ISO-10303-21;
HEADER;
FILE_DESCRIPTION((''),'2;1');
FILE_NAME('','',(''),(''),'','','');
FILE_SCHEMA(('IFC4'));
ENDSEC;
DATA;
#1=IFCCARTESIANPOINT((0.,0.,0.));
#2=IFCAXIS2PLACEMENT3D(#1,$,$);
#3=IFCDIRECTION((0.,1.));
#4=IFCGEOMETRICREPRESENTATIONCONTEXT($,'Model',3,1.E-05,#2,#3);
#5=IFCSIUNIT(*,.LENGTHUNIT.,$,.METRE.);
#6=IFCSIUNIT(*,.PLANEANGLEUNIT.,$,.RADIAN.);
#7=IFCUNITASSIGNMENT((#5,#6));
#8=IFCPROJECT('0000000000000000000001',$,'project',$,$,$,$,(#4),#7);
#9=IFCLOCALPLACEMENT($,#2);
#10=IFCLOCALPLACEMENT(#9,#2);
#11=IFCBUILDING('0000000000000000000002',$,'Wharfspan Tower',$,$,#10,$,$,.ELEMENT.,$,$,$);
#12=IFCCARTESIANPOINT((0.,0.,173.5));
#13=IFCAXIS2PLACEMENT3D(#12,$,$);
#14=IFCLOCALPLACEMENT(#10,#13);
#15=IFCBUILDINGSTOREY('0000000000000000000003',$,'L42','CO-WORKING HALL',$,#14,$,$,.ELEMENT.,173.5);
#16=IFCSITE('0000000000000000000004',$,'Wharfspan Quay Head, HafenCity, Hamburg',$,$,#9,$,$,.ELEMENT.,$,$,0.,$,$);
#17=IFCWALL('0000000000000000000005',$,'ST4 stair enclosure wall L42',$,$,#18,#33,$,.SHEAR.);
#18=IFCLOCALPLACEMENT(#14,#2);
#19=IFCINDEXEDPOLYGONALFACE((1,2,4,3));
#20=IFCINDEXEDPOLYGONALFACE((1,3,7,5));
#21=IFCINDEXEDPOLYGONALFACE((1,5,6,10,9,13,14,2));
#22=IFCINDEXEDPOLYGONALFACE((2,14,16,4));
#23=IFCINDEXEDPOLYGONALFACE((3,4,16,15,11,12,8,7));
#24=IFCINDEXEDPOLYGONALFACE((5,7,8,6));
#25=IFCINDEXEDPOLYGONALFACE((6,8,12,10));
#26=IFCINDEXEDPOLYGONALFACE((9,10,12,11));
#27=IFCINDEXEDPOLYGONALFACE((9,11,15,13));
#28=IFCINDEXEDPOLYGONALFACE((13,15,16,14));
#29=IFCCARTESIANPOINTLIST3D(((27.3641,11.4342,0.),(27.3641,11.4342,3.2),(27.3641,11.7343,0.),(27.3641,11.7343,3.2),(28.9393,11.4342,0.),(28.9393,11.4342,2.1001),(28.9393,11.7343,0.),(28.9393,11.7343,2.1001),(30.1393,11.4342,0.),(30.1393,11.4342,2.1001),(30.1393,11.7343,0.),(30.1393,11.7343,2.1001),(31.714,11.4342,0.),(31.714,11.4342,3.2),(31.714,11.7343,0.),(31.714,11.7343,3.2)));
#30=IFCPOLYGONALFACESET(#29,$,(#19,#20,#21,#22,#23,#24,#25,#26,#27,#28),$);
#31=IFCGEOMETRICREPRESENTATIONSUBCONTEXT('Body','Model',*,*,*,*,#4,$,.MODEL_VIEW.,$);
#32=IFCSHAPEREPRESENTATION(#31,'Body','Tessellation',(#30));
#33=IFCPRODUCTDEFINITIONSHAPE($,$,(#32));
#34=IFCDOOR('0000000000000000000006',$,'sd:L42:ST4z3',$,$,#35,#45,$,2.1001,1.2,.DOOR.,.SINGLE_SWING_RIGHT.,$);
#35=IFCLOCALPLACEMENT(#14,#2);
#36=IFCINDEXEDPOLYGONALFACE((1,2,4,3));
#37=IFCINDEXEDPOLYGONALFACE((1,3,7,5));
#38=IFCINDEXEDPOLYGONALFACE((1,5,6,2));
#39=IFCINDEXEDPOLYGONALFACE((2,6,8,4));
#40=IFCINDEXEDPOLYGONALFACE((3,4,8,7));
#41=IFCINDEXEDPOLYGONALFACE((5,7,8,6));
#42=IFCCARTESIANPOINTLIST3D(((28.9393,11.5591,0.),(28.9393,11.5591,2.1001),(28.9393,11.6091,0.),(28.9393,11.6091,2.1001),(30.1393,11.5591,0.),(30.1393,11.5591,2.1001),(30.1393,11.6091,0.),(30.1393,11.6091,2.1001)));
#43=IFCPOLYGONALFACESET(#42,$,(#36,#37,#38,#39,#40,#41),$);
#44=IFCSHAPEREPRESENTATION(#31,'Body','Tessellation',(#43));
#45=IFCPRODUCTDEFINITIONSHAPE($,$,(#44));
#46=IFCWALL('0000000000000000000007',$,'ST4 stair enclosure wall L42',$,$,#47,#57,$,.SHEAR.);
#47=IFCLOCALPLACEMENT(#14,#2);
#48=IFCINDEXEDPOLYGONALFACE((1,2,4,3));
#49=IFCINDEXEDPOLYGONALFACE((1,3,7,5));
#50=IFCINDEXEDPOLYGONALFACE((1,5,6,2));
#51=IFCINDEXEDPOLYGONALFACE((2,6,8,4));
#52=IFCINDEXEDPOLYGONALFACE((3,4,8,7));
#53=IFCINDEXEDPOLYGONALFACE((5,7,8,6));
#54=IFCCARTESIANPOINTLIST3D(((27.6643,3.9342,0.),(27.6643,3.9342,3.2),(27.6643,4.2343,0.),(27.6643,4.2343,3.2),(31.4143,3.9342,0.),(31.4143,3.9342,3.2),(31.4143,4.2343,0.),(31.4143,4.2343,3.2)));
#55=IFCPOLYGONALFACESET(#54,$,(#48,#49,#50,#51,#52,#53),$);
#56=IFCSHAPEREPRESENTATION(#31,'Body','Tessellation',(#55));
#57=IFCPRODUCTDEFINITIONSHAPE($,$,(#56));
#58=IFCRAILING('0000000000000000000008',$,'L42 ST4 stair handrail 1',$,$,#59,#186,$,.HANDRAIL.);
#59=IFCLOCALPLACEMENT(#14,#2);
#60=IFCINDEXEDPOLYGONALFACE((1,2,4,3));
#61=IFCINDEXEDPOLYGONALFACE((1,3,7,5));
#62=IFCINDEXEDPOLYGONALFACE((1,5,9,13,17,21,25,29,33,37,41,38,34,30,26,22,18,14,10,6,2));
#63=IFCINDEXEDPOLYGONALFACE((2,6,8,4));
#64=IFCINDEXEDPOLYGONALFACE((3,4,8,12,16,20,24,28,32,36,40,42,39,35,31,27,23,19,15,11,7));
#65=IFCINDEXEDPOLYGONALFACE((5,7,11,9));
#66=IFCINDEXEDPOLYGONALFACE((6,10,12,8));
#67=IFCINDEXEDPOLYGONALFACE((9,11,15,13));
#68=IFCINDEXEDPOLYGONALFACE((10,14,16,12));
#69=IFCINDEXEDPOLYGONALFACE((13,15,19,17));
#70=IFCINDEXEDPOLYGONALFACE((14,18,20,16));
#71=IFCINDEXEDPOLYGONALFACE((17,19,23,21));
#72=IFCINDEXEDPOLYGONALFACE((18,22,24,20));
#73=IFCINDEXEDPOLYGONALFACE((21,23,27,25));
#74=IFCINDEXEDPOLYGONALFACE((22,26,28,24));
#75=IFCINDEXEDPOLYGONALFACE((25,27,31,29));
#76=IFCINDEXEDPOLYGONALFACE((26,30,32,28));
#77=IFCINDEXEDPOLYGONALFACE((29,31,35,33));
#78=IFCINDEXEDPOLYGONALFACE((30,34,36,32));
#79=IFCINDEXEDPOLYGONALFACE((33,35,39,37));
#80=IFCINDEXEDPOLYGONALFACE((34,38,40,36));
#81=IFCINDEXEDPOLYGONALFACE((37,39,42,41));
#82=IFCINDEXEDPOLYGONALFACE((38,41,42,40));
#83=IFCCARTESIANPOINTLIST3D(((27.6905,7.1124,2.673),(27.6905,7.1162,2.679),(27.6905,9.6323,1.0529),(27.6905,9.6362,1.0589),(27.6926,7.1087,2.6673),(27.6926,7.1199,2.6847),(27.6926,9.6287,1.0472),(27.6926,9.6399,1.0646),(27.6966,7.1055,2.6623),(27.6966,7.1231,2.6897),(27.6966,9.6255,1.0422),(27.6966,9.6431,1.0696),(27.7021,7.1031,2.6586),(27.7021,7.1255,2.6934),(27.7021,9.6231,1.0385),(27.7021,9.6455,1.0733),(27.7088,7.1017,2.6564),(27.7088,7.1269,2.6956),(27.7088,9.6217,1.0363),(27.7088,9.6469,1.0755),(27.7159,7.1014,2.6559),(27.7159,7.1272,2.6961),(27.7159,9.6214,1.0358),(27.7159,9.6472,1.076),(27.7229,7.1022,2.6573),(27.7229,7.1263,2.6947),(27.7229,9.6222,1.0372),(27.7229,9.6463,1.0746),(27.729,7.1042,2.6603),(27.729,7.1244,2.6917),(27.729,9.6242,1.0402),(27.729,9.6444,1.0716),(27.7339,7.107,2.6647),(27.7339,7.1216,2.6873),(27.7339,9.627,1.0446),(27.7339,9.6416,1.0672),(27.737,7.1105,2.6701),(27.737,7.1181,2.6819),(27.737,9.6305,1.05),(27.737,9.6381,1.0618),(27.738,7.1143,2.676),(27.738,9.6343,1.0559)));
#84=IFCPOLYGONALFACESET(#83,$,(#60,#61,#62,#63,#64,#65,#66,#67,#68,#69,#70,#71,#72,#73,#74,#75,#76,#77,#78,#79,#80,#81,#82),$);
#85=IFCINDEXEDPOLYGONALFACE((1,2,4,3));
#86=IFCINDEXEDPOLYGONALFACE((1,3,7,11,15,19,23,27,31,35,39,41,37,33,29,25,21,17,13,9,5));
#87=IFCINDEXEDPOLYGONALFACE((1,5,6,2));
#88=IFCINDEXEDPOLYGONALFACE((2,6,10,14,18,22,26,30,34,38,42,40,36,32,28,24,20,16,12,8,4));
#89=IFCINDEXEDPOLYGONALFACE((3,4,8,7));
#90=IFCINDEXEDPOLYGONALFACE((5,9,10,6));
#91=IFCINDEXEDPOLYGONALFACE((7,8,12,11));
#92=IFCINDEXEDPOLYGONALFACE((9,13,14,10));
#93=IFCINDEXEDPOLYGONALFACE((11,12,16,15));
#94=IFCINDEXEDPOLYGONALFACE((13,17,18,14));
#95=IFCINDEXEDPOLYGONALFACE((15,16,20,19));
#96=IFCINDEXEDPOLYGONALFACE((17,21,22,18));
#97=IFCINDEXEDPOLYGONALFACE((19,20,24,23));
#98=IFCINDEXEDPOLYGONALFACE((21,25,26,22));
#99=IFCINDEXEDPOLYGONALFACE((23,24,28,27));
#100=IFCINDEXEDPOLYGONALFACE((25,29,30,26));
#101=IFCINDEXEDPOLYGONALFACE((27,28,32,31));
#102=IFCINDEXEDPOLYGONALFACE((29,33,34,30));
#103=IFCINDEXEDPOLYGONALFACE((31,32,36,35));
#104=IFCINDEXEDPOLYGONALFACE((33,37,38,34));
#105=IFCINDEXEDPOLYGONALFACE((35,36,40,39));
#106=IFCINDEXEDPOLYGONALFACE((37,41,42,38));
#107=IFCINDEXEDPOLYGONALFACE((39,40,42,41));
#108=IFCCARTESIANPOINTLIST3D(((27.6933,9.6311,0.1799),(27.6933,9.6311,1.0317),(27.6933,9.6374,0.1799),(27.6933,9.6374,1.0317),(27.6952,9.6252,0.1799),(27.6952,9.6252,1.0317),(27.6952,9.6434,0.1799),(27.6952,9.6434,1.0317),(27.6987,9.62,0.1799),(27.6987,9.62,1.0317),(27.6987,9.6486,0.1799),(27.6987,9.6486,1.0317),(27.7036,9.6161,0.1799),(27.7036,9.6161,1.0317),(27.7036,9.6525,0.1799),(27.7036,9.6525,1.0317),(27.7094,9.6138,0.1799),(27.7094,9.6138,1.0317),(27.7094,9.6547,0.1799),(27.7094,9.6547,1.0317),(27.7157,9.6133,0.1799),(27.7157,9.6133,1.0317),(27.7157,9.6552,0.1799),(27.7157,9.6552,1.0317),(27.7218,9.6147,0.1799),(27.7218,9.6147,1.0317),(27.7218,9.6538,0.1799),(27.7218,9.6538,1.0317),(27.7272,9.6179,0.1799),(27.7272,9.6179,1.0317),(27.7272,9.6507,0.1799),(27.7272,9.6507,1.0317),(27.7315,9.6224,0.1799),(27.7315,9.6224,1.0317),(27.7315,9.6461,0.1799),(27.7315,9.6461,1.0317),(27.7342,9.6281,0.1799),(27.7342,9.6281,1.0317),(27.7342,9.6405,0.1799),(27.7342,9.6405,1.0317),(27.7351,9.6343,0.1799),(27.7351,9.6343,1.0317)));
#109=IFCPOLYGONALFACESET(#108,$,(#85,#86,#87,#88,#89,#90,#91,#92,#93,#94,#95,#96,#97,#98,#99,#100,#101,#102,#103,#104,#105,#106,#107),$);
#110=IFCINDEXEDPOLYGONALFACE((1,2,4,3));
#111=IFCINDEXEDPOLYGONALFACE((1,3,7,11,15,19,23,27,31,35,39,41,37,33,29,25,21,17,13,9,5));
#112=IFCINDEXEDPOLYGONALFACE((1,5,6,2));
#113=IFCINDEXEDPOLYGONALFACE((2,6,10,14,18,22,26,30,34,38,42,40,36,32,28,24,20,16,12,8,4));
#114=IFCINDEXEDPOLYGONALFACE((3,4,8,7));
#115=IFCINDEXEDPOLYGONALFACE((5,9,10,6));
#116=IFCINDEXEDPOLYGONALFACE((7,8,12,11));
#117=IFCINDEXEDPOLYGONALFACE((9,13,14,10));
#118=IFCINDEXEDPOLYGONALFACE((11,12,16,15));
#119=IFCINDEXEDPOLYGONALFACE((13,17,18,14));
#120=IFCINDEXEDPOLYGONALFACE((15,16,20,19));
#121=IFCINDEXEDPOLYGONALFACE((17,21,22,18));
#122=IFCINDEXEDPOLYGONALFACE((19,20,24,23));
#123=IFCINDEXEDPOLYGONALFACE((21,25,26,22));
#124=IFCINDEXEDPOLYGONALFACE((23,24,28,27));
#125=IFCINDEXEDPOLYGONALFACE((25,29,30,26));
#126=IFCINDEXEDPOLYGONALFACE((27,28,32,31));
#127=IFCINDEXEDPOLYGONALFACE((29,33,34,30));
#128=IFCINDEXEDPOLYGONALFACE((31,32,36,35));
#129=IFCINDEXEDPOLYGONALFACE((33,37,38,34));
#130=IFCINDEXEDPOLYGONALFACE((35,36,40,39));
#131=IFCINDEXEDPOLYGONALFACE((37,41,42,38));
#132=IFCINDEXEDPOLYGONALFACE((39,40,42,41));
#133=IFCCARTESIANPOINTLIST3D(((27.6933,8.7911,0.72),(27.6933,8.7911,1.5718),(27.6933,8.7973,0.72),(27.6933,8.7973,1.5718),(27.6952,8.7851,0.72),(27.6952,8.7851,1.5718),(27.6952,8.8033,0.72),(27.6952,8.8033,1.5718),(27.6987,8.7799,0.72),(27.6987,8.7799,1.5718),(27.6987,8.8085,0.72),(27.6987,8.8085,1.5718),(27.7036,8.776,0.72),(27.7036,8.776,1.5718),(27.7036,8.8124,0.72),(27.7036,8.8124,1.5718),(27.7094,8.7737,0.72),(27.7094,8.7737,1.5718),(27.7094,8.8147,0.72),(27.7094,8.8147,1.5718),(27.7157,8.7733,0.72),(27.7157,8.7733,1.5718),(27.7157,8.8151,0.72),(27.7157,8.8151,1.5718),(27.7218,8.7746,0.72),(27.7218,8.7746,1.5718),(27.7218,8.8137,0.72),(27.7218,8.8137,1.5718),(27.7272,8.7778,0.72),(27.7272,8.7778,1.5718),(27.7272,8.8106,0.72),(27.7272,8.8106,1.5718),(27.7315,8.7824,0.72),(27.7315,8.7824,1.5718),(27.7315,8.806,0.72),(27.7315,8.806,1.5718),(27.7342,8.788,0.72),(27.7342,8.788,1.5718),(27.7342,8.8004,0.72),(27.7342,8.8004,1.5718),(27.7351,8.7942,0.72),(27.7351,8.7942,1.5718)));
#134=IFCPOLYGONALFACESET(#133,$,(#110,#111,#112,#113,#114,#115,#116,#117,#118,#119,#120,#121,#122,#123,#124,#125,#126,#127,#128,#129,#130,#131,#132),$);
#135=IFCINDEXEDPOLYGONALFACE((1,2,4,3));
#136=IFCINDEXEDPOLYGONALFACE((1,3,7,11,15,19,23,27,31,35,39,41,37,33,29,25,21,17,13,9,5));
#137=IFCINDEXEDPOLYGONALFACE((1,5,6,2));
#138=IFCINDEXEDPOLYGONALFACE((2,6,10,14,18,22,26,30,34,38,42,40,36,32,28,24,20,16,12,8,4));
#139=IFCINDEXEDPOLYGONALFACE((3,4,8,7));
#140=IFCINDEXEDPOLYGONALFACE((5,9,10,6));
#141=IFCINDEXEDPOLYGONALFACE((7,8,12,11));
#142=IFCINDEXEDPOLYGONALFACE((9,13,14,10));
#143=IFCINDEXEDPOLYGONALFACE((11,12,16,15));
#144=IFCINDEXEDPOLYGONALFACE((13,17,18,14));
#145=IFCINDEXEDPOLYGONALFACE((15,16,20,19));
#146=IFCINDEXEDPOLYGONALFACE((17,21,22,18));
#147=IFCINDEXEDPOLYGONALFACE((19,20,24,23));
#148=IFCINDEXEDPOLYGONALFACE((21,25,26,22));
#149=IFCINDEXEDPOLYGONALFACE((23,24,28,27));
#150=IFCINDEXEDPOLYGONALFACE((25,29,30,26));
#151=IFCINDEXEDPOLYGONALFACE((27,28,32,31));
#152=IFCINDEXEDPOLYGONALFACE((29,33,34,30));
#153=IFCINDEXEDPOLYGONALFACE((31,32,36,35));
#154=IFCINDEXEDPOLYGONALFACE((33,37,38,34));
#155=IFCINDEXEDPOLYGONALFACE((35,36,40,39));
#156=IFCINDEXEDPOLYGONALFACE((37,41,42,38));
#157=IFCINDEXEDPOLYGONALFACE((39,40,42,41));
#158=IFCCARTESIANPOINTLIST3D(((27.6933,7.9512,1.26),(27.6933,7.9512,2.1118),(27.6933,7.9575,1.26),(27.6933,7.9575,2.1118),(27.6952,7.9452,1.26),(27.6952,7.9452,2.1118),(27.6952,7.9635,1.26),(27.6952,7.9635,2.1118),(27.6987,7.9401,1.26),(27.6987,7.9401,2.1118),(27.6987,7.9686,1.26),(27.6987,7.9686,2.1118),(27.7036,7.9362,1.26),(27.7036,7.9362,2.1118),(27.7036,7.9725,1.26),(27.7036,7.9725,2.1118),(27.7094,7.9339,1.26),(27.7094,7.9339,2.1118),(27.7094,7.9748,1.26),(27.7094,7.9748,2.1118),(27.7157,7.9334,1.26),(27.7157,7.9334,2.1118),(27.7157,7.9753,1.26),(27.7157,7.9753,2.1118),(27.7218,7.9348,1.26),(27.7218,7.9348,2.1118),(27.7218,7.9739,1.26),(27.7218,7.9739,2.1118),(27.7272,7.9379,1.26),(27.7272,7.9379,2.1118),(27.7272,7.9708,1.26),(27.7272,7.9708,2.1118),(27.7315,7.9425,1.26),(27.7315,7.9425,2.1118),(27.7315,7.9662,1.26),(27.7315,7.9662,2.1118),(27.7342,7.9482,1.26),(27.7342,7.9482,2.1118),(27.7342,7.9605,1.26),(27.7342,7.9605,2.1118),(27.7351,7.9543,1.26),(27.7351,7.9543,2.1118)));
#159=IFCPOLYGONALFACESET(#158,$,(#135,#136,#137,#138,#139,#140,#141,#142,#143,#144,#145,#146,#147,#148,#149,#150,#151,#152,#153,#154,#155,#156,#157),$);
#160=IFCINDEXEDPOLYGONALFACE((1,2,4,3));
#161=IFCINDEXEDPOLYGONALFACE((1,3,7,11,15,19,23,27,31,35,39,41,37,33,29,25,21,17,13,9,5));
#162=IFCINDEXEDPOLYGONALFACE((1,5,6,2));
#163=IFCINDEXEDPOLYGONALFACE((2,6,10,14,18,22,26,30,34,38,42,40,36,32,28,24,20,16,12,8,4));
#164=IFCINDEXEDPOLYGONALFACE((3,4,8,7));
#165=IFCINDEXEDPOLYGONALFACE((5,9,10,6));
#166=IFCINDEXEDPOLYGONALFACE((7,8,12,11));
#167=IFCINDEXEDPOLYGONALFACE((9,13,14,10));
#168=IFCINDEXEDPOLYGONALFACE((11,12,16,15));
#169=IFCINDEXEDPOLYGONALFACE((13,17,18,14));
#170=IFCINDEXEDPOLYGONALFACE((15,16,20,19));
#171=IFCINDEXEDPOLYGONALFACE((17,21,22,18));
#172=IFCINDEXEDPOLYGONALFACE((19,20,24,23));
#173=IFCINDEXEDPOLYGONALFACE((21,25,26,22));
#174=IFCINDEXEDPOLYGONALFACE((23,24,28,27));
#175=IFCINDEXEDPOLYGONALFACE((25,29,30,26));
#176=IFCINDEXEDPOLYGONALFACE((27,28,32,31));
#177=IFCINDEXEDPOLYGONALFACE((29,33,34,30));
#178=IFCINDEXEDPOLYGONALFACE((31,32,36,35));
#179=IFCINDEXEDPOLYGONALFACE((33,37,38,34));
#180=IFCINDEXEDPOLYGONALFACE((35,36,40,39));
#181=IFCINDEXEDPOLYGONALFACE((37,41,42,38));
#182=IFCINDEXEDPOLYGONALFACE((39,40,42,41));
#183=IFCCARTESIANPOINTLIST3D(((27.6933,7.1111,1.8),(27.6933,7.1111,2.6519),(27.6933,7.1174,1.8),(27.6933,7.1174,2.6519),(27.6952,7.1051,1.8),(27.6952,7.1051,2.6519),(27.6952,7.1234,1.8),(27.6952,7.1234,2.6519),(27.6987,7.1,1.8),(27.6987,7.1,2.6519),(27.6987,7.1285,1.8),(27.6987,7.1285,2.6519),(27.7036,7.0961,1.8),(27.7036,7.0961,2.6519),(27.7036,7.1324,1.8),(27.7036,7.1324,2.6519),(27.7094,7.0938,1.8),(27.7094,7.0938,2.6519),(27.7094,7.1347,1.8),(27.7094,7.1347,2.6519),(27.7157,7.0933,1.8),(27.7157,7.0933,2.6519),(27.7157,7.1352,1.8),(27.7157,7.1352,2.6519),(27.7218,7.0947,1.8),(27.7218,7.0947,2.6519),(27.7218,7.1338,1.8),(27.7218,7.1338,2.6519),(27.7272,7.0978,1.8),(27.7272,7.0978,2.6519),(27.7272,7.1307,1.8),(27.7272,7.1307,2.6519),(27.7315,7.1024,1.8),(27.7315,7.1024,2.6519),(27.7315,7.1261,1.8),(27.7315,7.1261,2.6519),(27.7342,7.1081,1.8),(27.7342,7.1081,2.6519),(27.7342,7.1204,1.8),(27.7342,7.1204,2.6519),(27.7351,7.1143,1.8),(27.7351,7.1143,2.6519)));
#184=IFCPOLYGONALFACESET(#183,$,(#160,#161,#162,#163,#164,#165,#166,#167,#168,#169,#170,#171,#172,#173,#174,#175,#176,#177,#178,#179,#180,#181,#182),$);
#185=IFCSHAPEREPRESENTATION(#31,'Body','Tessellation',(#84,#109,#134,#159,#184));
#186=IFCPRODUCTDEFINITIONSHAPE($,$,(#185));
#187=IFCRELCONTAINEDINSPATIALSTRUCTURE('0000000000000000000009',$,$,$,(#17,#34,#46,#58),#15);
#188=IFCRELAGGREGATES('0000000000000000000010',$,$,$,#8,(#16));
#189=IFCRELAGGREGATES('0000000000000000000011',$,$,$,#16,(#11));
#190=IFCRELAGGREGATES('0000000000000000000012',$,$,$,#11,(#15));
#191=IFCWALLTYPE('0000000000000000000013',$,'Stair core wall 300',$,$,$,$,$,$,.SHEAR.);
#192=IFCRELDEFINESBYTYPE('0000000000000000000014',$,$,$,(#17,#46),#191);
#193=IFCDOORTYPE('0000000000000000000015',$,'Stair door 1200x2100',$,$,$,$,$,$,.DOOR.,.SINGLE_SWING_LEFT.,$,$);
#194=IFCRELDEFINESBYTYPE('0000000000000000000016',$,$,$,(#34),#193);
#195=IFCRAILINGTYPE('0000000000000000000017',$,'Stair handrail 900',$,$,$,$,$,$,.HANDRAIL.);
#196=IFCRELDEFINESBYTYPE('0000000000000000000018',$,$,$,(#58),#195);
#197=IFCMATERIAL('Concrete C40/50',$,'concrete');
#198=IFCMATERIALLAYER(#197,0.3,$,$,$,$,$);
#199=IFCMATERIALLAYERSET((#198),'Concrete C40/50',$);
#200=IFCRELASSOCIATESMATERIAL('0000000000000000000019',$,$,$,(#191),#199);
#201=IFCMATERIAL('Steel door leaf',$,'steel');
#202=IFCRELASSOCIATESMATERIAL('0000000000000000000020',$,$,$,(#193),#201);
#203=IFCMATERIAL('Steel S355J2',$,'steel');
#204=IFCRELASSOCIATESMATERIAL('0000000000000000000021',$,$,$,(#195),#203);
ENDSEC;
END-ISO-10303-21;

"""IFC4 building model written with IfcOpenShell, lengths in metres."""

from ifc_helpers import new_model, si_unit, direction, frame, frame_2d, origin, origin_2d, place, context, subcontext, project, spatial, rectangle, circle, extrude, material, layer, layer_set, type_object, element, fill, save


model = new_model("IFC4")

# Units and contexts
model_context = context("Model", 3, precision=1e-05, world=origin(), true_north=direction((0.0, 1.0)))
body_context = subcontext(model_context, "Body", "Model", "MODEL_VIEW")
ifc_project = project(units=[si_unit("LENGTHUNIT", "METRE"), si_unit("PLANEANGLEUNIT", "RADIAN")], contexts=[model_context])

# Site, building, storey
site_placement = place(None, origin())
site = spatial("IfcSite", under=ifc_project, at=site_placement, Name="Wharfspan Quay Head, HafenCity, Hamburg", CompositionType="ELEMENT", RefElevation=0.0)
building_placement = place(site_placement, origin())
building = spatial("IfcBuilding", under=site, at=building_placement, Name="Wharfspan Tower", CompositionType="ELEMENT")
storey_placement = place(building_placement, frame((0.0, 0.0, 173.5)))
storey = spatial("IfcBuildingStorey", under=building, at=storey_placement, Name="L42", Description="CO-WORKING HALL", CompositionType="ELEMENT", Elevation=173.5)

# Shared definitions
ifc_material_1 = material(Name="Steel S355J2", Category="steel")

# Wall, opening, door
ifc_material_2 = material(Name="Concrete C40/50", Category="concrete")
ifc_layer_1 = layer(ifc_material_2, 0.3)
ifc_layer_set_1 = layer_set([ifc_layer_1], Name="Concrete C40/50")
wall_type_1 = type_object("IfcWallType", Name="Stair core wall 300", PredefinedType="SHEAR", material=ifc_layer_set_1)
wall_1_placement = place(storey_placement, frame((27.3643, 11.5842, 0.0), z_axis=(0.0, 0.0, 1.0), x_axis=(1.0, 0.0, 0.0)))
wall_1 = element("IfcWall", 1, at=wall_1_placement, inside=storey, type_object=wall_type_1, Name="ST4 stair enclosure wall L42", PredefinedType="SHEAR", context=body_context, shape_type="SweptSolid", body=[
    extrude(rectangle(XDim=4.3499, YDim=0.3, at=frame_2d((2.1748, 0.0))), origin(), (0.0, 0.0, 1.0), 3.2),
])
opening_1_placement = place(wall_1_placement, frame((1.575, 0.0, 0.0)))
opening_1 = element("IfcOpeningElement", 2, at=opening_1_placement, cuts=wall_1, PredefinedType="OPENING", context=body_context, shape_type="SweptSolid", body=[
    extrude(rectangle(XDim=1.2, YDim=2.1001, at=frame_2d((0.6001, 1.05))), frame((0.0, 0.1599, 0.0), z_axis=(0.0, -1.0, 0.0), x_axis=(1.0, 0.0, 0.0)), (0.0, 0.0, 1.0), 0.3201),
])
ifc_material_3 = material(Name="Steel door leaf", Category="steel")
door_type_1 = type_object("IfcDoorType", Name="Stair door 1200x2100", OperationType="SINGLE_SWING_LEFT", PredefinedType="DOOR", material=ifc_material_3)
door_1_placement = place(opening_1_placement, origin())
door_1 = element("IfcDoor", 3, at=door_1_placement, inside=storey, type_object=door_type_1, Name="sd:L42:ST4z3", OperationType="SINGLE_SWING_RIGHT", OverallHeight=2.1001, OverallWidth=1.2, PredefinedType="DOOR", context=body_context, shape_type="SweptSolid", body=[
    extrude(rectangle(XDim=1.2, YDim=2.1001, at=frame_2d((0.6001, 1.05))), frame((0.0, 0.0249, 0.0), z_axis=(0.0, -1.0, 0.0), x_axis=(1.0, 0.0, 0.0)), (0.0, 0.0, 1.0), 0.05),
])
fill(opening_1, door_1)

# Wall
wall_2_placement = place(storey_placement, frame((27.6643, 4.0842, 0.0), z_axis=(0.0, 0.0, 1.0), x_axis=(1.0, 0.0, 0.0)))
element("IfcWall", 4, at=wall_2_placement, inside=storey, type_object=wall_type_1, Name="ST4 stair enclosure wall L42", PredefinedType="SHEAR", context=body_context, shape_type="SweptSolid", body=[
    extrude(rectangle(XDim=3.75, YDim=0.3, at=frame_2d((1.875, 0.0))), origin(), (0.0, 0.0, 1.0), 3.2),
])

# Railing
railing_type = type_object("IfcRailingType", Name="Stair handrail 900", PredefinedType="HANDRAIL", material=ifc_material_1)
railing_placement = place(storey_placement, frame((27.7141, 9.6343, 0.1799)))
element("IfcRailing", 5, at=railing_placement, inside=storey, type_object=railing_type, Name="L42 ST4 stair handrail 1", PredefinedType="HANDRAIL", context=body_context, shape_type="SweptSolid", body=[
    extrude(circle(Radius=0.0239, at=origin_2d()), frame((0.0, 0.0, 0.876), z_axis=(0.0, -0.841163, 0.540782), x_axis=(1.0, 0.0, 0.0)), (0.0, 0.0, 1.0), 2.9958),
    extrude(circle(Radius=0.021, at=origin_2d()), origin(), (0.0, 0.0, 1.0), 0.8518),
    extrude(circle(Radius=0.021, at=origin_2d()), frame((0.0, -0.8401, 0.54)), (0.0, 0.0, 1.0), 0.8518),
    extrude(circle(Radius=0.021, at=origin_2d()), frame((0.0, -1.6799, 1.0801)), (0.0, 0.0, 1.0), 0.8518),
    extrude(circle(Radius=0.021, at=origin_2d()), frame((0.0, -2.52, 1.6201)), (0.0, 0.0, 1.0), 0.8518),
])

save(model, "model.ifc")
